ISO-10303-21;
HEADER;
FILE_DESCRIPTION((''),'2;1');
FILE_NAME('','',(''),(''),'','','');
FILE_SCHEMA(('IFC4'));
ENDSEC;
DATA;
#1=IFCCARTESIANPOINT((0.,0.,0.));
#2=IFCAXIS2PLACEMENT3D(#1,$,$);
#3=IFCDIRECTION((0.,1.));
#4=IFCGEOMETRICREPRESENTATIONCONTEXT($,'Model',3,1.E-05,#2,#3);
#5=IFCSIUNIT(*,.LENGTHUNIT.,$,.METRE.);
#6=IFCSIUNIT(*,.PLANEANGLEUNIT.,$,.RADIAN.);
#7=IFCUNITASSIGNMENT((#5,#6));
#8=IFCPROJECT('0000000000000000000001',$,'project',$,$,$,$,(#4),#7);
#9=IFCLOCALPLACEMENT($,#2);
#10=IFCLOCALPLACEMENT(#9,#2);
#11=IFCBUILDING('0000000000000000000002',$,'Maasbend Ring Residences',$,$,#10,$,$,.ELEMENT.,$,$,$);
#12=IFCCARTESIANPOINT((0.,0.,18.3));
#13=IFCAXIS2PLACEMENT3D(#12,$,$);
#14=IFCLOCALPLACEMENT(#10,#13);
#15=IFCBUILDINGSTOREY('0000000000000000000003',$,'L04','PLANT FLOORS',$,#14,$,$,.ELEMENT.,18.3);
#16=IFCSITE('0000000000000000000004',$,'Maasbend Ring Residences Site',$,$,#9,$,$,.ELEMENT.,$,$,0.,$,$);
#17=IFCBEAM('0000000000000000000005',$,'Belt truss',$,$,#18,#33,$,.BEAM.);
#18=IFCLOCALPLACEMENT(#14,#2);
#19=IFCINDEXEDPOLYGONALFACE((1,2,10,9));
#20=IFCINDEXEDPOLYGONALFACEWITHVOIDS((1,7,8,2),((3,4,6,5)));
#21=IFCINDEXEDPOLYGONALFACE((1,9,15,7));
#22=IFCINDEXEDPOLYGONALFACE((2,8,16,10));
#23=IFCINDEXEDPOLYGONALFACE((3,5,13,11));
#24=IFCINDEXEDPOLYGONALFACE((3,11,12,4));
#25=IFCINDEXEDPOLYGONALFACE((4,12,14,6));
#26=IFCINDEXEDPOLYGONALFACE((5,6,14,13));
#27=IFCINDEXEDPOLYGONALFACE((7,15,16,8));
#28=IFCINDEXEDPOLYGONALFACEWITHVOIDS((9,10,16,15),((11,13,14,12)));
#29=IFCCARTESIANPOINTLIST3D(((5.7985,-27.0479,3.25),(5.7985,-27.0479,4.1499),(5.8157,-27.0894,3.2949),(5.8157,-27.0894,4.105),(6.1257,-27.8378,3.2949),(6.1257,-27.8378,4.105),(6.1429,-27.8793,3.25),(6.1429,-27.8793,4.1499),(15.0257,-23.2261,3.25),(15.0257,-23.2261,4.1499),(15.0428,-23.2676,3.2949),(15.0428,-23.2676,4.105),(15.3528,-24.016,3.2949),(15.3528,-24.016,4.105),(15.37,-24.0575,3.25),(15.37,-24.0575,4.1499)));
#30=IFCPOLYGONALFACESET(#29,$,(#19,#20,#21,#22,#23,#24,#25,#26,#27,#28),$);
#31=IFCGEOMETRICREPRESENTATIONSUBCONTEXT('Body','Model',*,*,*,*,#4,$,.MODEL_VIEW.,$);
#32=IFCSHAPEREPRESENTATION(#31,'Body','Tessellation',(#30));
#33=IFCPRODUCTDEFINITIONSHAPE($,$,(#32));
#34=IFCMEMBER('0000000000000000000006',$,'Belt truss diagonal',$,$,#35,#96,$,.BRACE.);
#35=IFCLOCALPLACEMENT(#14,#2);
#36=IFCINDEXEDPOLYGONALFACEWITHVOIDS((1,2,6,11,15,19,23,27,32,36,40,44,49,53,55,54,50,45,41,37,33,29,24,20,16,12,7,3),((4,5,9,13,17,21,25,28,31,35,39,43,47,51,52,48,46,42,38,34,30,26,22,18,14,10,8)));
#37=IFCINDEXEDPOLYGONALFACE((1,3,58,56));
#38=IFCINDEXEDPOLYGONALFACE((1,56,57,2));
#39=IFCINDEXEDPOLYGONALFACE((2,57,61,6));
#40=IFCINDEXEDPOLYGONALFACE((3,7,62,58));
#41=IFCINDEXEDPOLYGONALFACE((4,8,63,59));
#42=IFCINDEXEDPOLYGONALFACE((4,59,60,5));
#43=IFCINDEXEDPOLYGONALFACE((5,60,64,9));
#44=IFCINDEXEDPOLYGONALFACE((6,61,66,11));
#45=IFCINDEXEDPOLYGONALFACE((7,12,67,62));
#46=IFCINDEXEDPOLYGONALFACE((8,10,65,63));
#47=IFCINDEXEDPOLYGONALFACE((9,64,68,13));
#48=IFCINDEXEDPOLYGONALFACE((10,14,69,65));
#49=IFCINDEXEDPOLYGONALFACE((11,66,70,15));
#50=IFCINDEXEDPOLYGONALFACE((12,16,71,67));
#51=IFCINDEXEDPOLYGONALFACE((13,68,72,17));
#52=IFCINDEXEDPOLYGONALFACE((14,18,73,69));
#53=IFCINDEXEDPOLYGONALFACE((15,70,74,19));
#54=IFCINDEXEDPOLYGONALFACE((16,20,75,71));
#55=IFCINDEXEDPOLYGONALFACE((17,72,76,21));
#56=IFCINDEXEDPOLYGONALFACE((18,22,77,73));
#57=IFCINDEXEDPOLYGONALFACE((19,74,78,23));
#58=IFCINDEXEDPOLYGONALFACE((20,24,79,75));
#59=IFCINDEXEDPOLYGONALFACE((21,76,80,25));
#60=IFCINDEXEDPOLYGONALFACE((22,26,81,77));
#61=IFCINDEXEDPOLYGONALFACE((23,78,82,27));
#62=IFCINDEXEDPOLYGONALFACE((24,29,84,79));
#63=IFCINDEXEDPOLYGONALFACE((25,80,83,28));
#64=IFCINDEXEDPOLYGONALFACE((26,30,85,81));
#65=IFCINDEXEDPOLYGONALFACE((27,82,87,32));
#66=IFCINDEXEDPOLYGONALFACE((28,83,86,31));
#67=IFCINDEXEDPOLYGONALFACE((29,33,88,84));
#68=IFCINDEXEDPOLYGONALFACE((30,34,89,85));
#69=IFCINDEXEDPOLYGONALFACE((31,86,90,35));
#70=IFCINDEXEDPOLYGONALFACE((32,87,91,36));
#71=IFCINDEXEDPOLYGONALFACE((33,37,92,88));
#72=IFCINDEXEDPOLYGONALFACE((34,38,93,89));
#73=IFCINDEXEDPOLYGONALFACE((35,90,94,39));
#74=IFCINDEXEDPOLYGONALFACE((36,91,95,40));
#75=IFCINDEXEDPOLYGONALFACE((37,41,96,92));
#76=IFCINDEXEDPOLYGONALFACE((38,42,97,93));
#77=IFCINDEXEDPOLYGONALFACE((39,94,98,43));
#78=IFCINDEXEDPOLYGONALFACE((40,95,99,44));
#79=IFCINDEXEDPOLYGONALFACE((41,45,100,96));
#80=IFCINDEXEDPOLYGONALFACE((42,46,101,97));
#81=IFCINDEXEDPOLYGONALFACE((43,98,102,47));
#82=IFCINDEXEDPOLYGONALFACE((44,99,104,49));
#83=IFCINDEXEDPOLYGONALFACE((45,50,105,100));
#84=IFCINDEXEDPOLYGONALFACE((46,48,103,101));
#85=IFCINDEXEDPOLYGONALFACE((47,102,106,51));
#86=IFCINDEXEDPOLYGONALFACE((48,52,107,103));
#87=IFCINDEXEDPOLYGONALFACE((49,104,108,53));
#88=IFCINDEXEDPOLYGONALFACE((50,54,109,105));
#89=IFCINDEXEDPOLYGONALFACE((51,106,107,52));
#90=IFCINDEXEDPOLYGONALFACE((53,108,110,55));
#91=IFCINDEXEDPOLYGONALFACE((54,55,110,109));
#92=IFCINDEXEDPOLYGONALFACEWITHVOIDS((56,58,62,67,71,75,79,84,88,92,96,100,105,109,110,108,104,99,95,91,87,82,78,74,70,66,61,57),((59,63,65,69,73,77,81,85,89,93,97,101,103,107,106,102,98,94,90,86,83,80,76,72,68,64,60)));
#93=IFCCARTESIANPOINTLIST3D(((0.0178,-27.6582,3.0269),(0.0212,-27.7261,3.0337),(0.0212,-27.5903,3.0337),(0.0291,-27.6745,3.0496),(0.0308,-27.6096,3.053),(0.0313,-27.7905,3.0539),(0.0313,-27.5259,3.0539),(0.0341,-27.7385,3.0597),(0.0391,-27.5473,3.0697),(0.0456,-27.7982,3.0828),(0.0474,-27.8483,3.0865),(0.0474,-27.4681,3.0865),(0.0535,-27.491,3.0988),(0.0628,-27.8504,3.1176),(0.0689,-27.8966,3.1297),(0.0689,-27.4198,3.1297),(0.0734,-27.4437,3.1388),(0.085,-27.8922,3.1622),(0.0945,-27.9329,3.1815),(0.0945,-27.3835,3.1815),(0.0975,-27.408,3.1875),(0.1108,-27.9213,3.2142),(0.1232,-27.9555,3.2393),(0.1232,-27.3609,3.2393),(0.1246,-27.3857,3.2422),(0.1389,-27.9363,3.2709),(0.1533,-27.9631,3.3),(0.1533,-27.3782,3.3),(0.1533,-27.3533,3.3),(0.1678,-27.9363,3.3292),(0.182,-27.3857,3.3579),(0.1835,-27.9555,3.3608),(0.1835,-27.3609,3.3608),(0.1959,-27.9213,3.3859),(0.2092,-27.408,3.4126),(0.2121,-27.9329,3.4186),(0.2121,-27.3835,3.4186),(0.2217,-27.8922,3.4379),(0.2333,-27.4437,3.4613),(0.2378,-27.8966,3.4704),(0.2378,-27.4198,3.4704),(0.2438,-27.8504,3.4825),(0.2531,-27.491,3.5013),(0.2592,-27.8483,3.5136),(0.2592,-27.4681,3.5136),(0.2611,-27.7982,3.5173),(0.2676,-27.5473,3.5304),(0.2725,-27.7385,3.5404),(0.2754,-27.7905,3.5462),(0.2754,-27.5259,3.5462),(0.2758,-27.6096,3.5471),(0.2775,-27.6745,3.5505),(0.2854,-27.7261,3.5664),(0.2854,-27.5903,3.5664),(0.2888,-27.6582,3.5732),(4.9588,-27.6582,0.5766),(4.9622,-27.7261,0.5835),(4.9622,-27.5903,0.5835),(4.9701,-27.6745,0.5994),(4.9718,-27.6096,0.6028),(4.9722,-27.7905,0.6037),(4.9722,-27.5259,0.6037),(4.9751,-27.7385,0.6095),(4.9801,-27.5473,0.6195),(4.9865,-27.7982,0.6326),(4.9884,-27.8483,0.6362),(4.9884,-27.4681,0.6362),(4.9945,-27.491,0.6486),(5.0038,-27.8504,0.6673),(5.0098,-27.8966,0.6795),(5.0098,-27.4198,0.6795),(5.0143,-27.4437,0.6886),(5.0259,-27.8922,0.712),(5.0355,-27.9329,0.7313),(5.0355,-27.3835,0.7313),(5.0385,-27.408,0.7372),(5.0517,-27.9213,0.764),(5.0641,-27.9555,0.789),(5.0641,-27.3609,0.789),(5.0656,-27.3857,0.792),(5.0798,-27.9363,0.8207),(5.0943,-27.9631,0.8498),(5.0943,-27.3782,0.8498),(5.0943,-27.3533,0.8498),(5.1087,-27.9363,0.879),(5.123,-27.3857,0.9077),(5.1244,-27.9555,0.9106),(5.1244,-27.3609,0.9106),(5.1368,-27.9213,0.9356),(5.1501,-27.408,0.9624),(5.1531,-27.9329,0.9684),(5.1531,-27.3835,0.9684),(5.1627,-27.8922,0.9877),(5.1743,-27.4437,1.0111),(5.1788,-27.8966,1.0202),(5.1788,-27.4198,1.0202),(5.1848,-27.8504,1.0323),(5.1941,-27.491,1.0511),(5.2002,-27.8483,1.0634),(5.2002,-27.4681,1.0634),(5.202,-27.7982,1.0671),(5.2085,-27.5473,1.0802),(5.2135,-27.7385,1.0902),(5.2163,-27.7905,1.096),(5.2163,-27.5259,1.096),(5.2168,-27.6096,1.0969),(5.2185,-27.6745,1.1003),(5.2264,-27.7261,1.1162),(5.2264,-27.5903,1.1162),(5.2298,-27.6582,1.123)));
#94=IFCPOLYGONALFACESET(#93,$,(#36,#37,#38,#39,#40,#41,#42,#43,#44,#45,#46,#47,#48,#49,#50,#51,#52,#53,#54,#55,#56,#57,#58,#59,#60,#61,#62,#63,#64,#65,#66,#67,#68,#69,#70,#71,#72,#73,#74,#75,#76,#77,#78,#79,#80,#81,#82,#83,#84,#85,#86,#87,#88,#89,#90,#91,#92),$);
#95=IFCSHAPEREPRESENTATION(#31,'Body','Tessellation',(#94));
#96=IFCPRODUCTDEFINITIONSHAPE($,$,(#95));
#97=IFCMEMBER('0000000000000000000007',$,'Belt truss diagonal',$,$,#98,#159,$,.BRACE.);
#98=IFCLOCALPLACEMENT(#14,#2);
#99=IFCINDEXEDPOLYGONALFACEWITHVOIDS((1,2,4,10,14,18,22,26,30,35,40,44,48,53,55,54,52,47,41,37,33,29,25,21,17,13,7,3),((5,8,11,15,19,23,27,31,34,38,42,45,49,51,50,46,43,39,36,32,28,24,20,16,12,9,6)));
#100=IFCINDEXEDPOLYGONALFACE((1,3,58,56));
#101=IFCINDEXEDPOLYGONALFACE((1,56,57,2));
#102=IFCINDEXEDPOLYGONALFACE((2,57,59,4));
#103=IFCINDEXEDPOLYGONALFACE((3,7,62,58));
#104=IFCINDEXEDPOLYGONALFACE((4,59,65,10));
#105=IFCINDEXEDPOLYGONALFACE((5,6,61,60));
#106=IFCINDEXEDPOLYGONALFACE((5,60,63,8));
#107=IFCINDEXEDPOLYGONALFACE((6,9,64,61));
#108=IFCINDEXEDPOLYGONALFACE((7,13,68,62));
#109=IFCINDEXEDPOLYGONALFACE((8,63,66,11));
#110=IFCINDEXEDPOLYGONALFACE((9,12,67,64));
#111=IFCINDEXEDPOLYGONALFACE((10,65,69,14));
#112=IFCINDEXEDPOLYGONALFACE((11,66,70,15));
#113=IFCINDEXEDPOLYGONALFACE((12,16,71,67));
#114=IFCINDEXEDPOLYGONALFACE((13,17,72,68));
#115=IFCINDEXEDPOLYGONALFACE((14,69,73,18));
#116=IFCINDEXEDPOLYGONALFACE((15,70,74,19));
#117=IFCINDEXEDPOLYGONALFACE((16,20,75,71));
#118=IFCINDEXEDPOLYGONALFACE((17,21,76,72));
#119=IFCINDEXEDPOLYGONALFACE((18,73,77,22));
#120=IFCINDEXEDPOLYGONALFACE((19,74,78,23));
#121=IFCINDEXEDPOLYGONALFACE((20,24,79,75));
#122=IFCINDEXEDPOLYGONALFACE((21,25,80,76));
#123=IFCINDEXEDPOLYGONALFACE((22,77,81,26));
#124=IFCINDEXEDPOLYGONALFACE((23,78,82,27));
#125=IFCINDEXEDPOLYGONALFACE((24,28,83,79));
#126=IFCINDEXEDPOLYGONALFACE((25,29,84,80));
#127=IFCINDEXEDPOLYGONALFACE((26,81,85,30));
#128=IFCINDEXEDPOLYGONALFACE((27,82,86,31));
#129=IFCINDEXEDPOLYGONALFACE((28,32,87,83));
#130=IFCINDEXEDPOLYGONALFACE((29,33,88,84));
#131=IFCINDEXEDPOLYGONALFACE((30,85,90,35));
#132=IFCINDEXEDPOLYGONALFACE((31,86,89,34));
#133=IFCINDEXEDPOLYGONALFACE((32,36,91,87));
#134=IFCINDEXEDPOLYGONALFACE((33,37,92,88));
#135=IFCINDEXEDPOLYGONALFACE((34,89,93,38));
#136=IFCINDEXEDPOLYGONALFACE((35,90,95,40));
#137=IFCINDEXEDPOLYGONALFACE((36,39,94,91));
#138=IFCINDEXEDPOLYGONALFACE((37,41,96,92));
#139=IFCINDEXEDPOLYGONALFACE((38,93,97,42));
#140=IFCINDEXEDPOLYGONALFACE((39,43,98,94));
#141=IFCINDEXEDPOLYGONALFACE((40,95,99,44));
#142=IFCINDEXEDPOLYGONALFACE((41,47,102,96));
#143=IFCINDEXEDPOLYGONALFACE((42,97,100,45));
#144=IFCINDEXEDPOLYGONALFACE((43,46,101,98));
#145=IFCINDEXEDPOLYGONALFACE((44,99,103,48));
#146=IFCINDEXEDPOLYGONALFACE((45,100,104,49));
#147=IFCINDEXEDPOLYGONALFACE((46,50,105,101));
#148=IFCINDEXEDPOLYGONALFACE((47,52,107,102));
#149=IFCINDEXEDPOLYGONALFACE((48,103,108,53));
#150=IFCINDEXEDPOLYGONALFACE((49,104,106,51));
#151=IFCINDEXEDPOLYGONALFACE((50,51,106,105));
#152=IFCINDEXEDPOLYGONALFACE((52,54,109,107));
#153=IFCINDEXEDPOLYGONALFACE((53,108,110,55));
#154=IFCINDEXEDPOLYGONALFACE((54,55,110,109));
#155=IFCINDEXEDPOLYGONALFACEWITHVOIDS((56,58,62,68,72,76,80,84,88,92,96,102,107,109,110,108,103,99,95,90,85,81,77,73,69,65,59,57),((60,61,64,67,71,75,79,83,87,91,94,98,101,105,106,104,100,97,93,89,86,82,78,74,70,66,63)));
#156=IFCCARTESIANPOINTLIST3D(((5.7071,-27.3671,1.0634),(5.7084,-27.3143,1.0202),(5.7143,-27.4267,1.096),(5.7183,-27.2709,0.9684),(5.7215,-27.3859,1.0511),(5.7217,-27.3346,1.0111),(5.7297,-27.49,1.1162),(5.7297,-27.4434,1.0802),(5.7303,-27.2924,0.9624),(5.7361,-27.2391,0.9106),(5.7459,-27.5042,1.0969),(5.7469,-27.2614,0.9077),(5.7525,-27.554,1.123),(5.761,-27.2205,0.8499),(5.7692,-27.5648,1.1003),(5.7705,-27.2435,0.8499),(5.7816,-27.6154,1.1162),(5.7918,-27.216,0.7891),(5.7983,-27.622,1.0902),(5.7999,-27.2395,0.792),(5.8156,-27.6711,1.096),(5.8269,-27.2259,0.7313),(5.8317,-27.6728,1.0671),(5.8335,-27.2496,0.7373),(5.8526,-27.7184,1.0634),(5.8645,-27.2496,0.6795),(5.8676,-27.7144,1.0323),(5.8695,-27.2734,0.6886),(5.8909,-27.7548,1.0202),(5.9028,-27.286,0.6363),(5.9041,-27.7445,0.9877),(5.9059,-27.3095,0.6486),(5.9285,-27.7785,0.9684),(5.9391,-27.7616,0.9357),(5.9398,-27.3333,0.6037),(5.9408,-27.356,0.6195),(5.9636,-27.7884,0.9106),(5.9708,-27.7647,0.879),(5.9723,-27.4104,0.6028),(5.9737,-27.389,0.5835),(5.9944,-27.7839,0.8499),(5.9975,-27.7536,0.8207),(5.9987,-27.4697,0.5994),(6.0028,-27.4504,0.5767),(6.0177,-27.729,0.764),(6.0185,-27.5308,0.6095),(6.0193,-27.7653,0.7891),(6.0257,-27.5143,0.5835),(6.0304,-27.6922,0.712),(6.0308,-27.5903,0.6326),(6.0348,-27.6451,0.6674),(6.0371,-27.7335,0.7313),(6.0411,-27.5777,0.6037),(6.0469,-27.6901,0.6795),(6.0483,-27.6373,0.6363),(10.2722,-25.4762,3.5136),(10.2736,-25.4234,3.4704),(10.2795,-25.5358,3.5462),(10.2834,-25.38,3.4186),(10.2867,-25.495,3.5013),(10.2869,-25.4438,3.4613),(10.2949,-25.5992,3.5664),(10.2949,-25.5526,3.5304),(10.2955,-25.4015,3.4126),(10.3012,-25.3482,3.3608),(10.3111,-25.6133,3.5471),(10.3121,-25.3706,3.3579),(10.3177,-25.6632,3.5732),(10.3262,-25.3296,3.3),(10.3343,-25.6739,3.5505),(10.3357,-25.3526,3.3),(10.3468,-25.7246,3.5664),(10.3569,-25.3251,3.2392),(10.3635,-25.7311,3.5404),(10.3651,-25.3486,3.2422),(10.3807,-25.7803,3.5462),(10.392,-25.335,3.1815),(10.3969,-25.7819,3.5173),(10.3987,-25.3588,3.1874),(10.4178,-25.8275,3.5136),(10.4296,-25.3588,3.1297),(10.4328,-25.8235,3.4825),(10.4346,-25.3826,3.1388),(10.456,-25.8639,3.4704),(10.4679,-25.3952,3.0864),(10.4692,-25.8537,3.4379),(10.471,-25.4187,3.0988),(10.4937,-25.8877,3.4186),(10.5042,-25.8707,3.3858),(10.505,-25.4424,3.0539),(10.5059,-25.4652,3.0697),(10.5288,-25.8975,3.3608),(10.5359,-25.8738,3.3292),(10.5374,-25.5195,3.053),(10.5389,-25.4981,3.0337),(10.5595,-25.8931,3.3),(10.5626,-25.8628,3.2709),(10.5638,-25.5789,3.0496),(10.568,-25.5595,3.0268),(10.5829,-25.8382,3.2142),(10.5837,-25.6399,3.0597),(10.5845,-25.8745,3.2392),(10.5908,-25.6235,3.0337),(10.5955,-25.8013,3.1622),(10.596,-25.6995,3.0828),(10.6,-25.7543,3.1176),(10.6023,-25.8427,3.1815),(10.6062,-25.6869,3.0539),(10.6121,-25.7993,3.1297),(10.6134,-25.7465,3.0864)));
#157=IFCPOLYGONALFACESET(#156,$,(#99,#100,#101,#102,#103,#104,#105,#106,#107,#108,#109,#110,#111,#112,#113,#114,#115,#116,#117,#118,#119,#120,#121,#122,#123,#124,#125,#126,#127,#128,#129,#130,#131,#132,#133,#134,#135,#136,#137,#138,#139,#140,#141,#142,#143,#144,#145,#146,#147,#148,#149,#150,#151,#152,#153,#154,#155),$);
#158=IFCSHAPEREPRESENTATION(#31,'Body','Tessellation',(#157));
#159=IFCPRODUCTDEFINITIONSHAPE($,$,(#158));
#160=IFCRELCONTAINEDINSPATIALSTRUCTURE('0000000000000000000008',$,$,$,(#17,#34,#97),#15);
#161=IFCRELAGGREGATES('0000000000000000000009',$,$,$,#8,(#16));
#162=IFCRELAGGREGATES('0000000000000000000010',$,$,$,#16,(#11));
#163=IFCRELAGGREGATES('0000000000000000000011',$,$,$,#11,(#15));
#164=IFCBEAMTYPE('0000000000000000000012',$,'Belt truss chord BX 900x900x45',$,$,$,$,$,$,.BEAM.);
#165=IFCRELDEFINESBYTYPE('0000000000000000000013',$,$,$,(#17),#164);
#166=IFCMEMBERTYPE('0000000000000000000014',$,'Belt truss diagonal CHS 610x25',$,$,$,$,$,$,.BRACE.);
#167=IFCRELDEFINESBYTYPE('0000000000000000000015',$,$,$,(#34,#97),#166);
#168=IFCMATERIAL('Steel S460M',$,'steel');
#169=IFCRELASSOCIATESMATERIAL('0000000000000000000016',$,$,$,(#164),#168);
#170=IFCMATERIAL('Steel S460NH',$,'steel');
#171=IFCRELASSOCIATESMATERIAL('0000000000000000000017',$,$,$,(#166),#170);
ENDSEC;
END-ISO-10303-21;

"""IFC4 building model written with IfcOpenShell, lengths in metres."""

from ifc_helpers import new_model, si_unit, direction, frame, origin, origin_2d, place, context, subcontext, project, spatial, hollow_rectangle, hollow_circle, extrude, material, material_profile, profile_set, type_object, element, save


model = new_model("IFC4")

# Units and contexts
model_context = context("Model", 3, precision=1e-05, world=origin(), true_north=direction((0.0, 1.0)))
body_context = subcontext(model_context, "Body", "Model", "MODEL_VIEW")
ifc_project = project(units=[si_unit("LENGTHUNIT", "METRE"), si_unit("PLANEANGLEUNIT", "RADIAN")], contexts=[model_context])

# Site, building, storey
site_placement = place(None, origin())
site = spatial("IfcSite", under=ifc_project, at=site_placement, Name="Maasbend Ring Residences Site", CompositionType="ELEMENT", RefElevation=0.0)
building_placement = place(site_placement, origin())
building = spatial("IfcBuilding", under=site, at=building_placement, Name="Maasbend Ring Residences", CompositionType="ELEMENT")
storey_placement = place(building_placement, frame((0.0, 0.0, 18.3)))
storey = spatial("IfcBuildingStorey", under=building, at=storey_placement, Name="L04", Description="PLANT FLOORS", CompositionType="ELEMENT", Elevation=18.3)

# Beam
ifc_material_1 = material(Name="Steel S460M", Category="steel")
ifc_material_profile_1 = material_profile(ifc_material_1, hollow_rectangle(XDim=0.8999, YDim=0.8999, WallThickness=0.0449, at=origin_2d()), Name="Belt truss chord BX 900x900x45")
ifc_profile_set_1 = profile_set([ifc_material_profile_1], Name="Steel S460M")
beam_type_1 = type_object("IfcBeamType", Name="Belt truss chord BX 900x900x45", PredefinedType="BEAM", material=ifc_profile_set_1)
for number, where, z_axis, x_axis, name in (
    (1, (5.9707, -27.4636, 3.7), (0.923886, 0.382667, 0.0), (-0.382667, 0.923886, 0.0), "Belt truss"),
):
    element("IfcBeam", number, at=place(storey_placement, frame(where, z_axis=z_axis, x_axis=x_axis)), inside=storey, type_object=beam_type_1, Name=name, PredefinedType="BEAM", context=body_context, shape_type="SweptSolid", body=[
        extrude(hollow_rectangle(XDim=0.8999, YDim=0.8999, WallThickness=0.0449, at=origin_2d()), origin(), (0.0, 0.0, 1.0), 9.9873),
    ])

# Members
ifc_material_2 = material(Name="Steel S460NH", Category="steel")
ifc_material_profile_2 = material_profile(ifc_material_2, hollow_circle(Radius=0.3049, WallThickness=0.0249, at=origin_2d()), Name="Belt truss diagonal CHS 610x25")
ifc_profile_set_2 = profile_set([ifc_material_profile_2], Name="Steel S460NH")
member_type_1 = type_object("IfcMemberType", Name="Belt truss diagonal CHS 610x25", PredefinedType="BRACE", material=ifc_profile_set_2)
member_1_placement = place(storey_placement, frame((0.1533, -27.6582, 3.3), z_axis=(0.895892, 0.0, -0.444272), x_axis=(0.0, 1.0, 0.0)))
element("IfcMember", 2, at=member_1_placement, inside=storey, type_object=member_type_1, Name="Belt truss diagonal", PredefinedType="BRACE", context=body_context, shape_type="SweptSolid", body=[
    extrude(hollow_circle(Radius=0.3049, WallThickness=0.0249, at=origin_2d()), origin(), (0.0, 0.0, 1.0), 5.5151),
])
for number, where, z_axis, x_axis, name in (
    (3, (5.8777, -27.5022, 0.8499), (0.827714, 0.342834, 0.444245), (-0.382667, 0.923886, 0.0), "Belt truss diagonal"),
):
    element("IfcMember", number, at=place(storey_placement, frame(where, z_axis=z_axis, x_axis=x_axis)), inside=storey, type_object=member_type_1, Name=name, PredefinedType="BRACE", context=body_context, shape_type="SweptSolid", body=[
        extrude(hollow_circle(Radius=0.3049, WallThickness=0.0249, at=origin_2d()), origin(), (0.0, 0.0, 1.0), 5.5154),
    ])

save(model, "model.ifc")
